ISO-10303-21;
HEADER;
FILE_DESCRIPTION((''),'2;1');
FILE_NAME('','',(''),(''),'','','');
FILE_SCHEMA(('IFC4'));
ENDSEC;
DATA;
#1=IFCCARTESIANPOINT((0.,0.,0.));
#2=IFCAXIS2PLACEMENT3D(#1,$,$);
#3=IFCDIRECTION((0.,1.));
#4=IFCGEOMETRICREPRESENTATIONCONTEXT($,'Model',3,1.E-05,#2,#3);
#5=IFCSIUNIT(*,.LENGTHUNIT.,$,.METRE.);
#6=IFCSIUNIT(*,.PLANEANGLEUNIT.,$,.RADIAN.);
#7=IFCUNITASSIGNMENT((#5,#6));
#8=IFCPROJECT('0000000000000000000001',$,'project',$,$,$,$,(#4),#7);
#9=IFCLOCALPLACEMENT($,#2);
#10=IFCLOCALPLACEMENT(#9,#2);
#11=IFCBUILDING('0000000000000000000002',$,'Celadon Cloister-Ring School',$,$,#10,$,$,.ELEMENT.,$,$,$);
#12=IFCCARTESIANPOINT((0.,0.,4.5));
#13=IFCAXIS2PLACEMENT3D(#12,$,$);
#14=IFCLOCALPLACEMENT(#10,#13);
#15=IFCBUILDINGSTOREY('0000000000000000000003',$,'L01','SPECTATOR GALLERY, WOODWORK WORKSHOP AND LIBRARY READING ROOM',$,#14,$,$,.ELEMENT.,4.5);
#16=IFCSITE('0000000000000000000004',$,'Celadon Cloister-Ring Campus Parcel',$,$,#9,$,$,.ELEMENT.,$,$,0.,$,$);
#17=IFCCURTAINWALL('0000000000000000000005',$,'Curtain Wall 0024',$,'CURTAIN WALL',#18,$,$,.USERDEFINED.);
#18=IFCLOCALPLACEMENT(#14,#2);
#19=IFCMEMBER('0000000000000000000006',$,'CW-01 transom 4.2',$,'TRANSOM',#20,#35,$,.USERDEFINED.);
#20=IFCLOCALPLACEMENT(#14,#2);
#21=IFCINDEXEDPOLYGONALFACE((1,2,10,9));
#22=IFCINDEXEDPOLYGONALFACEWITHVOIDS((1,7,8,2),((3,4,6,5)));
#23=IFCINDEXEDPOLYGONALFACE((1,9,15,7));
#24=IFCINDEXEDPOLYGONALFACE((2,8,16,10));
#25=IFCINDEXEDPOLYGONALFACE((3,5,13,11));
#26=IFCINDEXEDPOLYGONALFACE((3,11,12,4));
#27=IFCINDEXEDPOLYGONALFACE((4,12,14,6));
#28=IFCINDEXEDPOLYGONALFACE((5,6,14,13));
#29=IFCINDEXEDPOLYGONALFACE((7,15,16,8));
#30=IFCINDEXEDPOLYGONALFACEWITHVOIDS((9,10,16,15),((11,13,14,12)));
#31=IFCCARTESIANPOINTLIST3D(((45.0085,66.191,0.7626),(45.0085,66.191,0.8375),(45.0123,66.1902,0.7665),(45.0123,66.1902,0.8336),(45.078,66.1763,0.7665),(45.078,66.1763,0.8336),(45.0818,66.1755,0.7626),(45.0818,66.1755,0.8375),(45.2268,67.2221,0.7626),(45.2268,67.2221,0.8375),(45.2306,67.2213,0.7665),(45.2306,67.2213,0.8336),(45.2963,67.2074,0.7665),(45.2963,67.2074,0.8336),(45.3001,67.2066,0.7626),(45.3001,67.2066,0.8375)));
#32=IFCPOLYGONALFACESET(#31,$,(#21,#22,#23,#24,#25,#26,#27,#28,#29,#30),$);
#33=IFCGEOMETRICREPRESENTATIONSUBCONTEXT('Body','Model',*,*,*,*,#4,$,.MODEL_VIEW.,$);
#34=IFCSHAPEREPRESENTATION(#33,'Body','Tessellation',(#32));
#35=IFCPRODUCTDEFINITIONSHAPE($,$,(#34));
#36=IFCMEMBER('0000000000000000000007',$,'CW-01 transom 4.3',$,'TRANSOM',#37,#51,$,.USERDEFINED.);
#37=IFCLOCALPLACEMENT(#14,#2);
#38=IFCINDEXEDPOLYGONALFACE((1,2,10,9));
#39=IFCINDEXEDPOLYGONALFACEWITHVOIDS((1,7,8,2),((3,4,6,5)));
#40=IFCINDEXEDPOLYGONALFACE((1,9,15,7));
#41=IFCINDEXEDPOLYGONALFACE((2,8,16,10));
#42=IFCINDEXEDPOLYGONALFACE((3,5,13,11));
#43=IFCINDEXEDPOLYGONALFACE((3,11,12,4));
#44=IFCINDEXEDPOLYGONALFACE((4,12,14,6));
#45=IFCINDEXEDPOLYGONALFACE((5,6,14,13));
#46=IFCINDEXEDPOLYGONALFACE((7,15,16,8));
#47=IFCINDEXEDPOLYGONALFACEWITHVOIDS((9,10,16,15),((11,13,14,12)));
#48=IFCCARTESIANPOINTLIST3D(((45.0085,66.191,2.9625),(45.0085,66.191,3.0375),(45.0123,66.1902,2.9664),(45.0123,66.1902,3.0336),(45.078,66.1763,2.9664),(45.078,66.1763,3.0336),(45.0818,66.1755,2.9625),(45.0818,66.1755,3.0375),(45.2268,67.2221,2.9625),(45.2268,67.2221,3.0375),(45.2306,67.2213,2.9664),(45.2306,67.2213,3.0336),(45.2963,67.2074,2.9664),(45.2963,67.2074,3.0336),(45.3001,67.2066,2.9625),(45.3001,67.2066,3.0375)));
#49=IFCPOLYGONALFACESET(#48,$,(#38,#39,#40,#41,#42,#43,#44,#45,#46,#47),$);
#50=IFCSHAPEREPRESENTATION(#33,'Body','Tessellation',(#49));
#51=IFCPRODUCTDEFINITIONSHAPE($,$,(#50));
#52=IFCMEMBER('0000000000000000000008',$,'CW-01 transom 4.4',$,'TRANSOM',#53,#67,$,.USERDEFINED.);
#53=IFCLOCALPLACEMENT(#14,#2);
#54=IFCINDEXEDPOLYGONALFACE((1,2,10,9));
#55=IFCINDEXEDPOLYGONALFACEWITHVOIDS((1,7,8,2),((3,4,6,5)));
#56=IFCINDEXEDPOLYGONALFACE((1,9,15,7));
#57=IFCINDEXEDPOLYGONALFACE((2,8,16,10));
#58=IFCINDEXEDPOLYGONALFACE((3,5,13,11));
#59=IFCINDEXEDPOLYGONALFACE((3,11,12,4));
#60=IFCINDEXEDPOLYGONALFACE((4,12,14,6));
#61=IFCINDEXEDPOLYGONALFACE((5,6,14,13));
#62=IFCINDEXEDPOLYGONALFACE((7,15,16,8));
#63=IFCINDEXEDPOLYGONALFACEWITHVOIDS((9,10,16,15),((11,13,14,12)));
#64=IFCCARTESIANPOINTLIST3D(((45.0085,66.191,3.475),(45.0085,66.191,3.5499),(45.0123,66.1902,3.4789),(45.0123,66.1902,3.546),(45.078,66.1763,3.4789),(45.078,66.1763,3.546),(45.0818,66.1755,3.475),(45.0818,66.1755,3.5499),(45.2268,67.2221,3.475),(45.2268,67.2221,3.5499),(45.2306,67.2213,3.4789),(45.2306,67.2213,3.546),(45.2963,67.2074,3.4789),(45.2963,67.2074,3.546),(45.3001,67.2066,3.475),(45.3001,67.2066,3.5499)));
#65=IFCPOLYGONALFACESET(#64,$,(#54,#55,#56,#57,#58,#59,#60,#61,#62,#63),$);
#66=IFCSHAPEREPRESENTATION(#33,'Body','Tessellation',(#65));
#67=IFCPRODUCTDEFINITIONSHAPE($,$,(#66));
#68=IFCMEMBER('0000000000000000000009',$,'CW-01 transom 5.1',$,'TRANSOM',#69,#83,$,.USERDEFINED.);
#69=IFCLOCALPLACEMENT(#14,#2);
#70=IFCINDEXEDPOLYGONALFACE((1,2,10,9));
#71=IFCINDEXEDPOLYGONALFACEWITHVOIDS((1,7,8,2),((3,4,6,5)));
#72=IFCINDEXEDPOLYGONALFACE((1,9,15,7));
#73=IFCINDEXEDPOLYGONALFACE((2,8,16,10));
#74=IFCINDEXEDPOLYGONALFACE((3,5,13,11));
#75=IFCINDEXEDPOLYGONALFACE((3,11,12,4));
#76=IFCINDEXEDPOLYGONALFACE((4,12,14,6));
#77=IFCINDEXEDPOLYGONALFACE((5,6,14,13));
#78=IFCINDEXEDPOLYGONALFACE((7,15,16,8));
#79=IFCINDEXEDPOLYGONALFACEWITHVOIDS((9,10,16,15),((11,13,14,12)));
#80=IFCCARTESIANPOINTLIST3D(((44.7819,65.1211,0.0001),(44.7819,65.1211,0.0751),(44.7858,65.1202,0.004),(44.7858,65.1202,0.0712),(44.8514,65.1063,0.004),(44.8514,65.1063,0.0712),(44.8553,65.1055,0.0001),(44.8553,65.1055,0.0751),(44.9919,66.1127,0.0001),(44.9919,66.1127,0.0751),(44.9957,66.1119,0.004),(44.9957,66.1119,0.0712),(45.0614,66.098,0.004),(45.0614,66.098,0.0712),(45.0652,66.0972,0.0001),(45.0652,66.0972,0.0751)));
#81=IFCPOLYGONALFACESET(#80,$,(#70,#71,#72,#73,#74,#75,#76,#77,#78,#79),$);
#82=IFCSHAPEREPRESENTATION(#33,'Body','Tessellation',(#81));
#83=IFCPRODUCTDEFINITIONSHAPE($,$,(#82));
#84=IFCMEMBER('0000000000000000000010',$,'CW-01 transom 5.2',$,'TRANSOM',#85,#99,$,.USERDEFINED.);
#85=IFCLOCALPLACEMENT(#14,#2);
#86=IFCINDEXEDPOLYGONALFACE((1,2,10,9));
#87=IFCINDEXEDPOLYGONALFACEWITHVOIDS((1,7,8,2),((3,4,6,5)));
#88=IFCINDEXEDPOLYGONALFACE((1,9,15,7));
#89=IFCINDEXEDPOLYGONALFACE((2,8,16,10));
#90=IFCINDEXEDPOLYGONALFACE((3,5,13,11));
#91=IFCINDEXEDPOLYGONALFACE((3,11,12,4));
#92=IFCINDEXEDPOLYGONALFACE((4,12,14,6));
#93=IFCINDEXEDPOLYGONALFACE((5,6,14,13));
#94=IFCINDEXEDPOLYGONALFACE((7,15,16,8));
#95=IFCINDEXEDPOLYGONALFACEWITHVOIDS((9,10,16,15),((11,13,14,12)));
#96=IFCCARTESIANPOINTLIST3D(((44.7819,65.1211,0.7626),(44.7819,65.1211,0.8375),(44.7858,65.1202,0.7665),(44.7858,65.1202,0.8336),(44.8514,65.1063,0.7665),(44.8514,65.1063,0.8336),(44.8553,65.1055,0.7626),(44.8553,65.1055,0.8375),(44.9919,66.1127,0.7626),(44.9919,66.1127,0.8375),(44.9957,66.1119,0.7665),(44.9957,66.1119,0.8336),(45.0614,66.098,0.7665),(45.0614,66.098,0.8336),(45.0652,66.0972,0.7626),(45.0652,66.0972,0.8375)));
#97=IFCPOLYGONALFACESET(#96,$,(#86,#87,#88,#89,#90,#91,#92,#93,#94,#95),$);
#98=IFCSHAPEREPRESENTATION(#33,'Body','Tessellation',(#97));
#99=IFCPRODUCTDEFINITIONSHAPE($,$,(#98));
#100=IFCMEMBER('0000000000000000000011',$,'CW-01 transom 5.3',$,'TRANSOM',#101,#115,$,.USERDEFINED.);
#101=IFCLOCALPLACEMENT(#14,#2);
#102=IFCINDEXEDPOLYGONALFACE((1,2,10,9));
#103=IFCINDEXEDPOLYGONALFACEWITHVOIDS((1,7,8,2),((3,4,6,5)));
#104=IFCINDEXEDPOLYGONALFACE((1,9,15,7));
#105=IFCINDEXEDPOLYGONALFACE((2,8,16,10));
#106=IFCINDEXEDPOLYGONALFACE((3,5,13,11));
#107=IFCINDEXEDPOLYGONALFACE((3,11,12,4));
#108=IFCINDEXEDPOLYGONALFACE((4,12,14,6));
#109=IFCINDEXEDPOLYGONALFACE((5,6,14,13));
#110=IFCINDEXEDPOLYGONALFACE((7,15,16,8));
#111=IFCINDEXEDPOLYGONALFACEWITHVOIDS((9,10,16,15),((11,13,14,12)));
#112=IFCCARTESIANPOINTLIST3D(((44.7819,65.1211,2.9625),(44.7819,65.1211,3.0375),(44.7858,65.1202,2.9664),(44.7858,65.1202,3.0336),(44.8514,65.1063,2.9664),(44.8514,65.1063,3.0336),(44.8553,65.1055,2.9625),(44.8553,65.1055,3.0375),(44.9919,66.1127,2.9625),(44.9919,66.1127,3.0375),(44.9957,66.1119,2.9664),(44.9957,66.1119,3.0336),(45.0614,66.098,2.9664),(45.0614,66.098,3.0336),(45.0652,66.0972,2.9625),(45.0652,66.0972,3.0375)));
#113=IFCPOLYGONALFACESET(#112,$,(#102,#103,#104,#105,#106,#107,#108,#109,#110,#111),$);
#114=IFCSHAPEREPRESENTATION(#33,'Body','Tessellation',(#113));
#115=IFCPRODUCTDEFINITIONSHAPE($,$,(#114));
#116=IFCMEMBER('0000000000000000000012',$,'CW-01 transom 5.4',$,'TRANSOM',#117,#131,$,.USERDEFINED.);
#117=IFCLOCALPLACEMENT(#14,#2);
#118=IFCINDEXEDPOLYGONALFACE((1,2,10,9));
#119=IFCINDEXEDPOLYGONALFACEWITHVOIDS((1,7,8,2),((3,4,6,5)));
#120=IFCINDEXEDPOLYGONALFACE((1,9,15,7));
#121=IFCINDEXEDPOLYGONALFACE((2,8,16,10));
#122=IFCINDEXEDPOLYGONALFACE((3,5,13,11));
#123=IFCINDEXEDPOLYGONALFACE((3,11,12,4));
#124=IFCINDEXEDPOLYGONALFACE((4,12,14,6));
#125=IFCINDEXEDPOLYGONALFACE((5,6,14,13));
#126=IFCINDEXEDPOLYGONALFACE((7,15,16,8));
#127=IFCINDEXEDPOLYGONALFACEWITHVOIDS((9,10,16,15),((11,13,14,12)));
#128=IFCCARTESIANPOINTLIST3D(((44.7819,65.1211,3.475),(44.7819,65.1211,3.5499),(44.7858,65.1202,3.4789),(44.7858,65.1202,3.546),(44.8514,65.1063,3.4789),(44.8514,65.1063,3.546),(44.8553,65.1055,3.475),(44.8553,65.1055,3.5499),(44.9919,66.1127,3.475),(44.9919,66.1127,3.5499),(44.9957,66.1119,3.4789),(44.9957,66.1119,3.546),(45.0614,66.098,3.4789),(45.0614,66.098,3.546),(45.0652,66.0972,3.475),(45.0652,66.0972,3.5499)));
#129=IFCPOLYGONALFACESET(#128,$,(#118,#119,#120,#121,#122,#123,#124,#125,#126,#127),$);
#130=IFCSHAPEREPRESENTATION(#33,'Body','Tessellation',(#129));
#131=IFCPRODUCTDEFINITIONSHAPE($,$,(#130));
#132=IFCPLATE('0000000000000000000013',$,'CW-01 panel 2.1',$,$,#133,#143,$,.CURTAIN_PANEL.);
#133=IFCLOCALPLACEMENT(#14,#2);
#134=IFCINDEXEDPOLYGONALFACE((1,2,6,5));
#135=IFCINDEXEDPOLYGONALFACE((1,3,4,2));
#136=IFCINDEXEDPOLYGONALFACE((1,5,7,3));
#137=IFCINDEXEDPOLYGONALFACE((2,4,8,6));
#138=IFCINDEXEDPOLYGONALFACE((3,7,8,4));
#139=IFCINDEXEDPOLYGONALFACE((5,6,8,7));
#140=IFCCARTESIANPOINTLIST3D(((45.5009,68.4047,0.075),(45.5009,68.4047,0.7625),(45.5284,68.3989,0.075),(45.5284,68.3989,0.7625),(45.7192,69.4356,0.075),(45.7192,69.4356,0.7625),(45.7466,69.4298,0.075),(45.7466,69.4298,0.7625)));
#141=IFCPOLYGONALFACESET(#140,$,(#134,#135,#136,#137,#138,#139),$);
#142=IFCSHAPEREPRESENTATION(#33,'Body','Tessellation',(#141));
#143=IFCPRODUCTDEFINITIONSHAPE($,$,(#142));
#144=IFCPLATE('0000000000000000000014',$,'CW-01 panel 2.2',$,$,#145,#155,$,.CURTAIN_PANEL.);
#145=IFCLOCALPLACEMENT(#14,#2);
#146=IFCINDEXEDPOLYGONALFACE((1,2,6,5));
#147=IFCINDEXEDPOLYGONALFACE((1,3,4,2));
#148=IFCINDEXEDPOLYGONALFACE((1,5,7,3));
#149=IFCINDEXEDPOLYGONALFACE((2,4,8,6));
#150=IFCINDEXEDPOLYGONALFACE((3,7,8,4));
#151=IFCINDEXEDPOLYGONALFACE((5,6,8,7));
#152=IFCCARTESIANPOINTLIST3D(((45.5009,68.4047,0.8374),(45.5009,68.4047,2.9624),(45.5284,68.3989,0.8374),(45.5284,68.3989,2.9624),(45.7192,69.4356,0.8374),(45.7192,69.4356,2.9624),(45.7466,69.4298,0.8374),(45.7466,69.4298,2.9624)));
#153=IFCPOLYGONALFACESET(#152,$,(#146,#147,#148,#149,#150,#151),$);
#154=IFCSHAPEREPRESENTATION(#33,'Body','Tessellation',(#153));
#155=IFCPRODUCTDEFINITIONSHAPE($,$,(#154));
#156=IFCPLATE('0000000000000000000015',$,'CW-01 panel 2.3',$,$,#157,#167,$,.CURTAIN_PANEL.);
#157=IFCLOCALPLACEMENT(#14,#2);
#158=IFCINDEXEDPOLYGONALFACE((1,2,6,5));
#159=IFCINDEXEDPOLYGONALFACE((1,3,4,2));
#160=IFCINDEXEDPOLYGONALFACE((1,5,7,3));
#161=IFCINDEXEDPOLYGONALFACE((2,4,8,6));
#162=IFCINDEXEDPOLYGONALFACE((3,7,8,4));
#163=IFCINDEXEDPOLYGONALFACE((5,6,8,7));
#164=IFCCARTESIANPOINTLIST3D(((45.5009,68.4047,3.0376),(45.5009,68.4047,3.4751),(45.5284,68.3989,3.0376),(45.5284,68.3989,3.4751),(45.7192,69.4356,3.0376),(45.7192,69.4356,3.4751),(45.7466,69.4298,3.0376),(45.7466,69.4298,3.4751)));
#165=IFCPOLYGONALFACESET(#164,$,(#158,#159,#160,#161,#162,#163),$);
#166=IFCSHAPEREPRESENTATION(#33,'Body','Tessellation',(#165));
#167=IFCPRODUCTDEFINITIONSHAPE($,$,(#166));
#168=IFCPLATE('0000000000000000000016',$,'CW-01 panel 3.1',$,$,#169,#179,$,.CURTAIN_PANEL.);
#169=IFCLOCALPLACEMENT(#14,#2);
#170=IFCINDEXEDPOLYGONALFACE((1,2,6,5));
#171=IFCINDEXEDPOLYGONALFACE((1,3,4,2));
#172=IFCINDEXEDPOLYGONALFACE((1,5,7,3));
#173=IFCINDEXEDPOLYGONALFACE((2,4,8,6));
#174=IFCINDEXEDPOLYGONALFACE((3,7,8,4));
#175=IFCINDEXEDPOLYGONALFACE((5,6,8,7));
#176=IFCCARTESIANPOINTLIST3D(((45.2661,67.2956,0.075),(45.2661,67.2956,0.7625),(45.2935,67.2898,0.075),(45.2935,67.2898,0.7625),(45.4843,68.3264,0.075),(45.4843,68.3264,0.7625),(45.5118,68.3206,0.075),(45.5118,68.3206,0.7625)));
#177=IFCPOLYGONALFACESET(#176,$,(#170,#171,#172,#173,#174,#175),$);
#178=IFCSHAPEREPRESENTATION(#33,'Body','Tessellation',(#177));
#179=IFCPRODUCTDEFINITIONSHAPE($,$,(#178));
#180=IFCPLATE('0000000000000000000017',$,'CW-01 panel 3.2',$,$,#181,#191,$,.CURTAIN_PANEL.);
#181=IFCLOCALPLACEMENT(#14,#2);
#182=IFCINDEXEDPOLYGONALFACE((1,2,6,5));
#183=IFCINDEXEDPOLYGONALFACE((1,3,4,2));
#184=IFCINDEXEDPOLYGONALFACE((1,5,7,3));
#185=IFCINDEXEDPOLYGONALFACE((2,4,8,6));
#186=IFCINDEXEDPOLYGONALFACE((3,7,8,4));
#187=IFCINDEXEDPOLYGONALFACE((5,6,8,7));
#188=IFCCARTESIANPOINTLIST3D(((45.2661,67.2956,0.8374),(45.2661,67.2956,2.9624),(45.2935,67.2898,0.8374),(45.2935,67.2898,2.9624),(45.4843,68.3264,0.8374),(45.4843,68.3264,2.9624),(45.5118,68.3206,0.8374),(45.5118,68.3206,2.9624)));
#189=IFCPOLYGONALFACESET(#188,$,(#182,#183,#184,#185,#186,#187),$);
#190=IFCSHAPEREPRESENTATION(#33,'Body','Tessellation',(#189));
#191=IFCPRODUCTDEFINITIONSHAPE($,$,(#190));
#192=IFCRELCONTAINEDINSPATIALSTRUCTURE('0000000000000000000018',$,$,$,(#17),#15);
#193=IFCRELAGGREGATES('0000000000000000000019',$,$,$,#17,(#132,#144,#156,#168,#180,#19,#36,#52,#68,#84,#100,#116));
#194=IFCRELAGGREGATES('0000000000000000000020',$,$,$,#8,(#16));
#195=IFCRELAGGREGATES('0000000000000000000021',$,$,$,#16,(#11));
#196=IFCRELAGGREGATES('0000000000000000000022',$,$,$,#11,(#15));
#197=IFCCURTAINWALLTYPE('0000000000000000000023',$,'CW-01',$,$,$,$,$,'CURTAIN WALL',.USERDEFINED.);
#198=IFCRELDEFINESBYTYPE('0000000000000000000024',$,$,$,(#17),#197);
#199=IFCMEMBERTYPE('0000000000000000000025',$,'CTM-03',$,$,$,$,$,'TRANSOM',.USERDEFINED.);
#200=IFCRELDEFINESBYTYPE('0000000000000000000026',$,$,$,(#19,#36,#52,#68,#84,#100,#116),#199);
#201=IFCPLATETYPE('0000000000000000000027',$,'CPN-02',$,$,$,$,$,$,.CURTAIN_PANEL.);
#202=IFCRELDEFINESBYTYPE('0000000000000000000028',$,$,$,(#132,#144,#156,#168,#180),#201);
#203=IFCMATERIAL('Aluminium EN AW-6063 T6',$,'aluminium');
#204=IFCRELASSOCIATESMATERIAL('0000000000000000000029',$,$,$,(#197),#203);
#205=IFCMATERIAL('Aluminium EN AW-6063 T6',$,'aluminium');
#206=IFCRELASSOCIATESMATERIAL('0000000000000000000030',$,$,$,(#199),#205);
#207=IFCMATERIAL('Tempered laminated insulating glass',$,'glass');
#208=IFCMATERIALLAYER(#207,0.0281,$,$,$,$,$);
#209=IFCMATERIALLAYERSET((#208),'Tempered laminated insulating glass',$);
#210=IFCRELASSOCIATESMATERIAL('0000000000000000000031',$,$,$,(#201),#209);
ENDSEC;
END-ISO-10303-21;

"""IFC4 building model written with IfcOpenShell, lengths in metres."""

from ifc_helpers import new_model, si_unit, direction, frame, origin, origin_2d, place, context, subcontext, project, spatial, rectangle, hollow_rectangle, extrude, material, layer, layer_set, material_profile, profile_set, type_object, element, aggregate, save


model = new_model("IFC4")

# Units and contexts
model_context = context("Model", 3, precision=1e-05, world=origin(), true_north=direction((0.0, 1.0)))
body_context = subcontext(model_context, "Body", "Model", "MODEL_VIEW")
ifc_project = project(units=[si_unit("LENGTHUNIT", "METRE"), si_unit("PLANEANGLEUNIT", "RADIAN")], contexts=[model_context])

# Site, building, storey
site_placement = place(None, origin())
site = spatial("IfcSite", under=ifc_project, at=site_placement, Name="Celadon Cloister-Ring Campus Parcel", CompositionType="ELEMENT", RefElevation=0.0)
building_placement = place(site_placement, origin())
building = spatial("IfcBuilding", under=site, at=building_placement, Name="Celadon Cloister-Ring School", CompositionType="ELEMENT")
storey_placement = place(building_placement, frame((0.0, 0.0, 4.5)))
storey = spatial("IfcBuildingStorey", under=building, at=storey_placement, Name="L01", Description="SPECTATOR GALLERY, WOODWORK WORKSHOP AND LIBRARY READING ROOM", CompositionType="ELEMENT", Elevation=4.5)

# Curtain wall, members, plates
ifc_material_1 = material(Name="Aluminium EN AW-6063 T6", Category="aluminium")
curtain_wall_type = type_object("IfcCurtainWallType", Name="CW-01", ElementType="CURTAIN WALL", PredefinedType="USERDEFINED", material=ifc_material_1)
curtain_wall_placement = place(storey_placement, origin())
curtain_wall = element("IfcCurtainWall", 1, at=curtain_wall_placement, inside=storey, type_object=curtain_wall_type, Name="Curtain Wall 0024", ObjectType="CURTAIN WALL", PredefinedType="USERDEFINED")
ifc_material_2 = material(Name="Aluminium EN AW-6063 T6", Category="aluminium")
ifc_material_profile_1 = material_profile(ifc_material_2, hollow_rectangle(XDim=0.075, YDim=0.075, WallThickness=0.0039, at=origin_2d()), Name="RHS75X75X4")
ifc_profile_set_1 = profile_set([ifc_material_profile_1], Name="Aluminium EN AW-6063 T6")
member_type_1 = type_object("IfcMemberType", Name="CTM-03", ElementType="TRANSOM", PredefinedType="USERDEFINED", material=ifc_profile_set_1)
member_1_placement = place(storey_placement, frame((45.2634, 67.2144, 0.8), z_axis=(-0.207108, -0.978318, 0.0), x_axis=(0.978318, -0.207108, 0.0)))
member_1 = element("IfcMember", 2, at=member_1_placement, type_object=member_type_1, Name="CW-01 transom 4.2", ObjectType="TRANSOM", PredefinedType="USERDEFINED", context=body_context, shape_type="SweptSolid", body=[
    extrude(hollow_rectangle(XDim=0.075, YDim=0.075, WallThickness=0.0039, at=origin_2d()), origin(), (0.0, 0.0, 1.0), 1.054),
])
member_2_placement = place(storey_placement, frame((45.2634, 67.2144, 3.0), z_axis=(-0.207108, -0.978318, 0.0), x_axis=(0.978318, -0.207108, 0.0)))
member_2 = element("IfcMember", 3, at=member_2_placement, type_object=member_type_1, Name="CW-01 transom 4.3", ObjectType="TRANSOM", PredefinedType="USERDEFINED", context=body_context, shape_type="SweptSolid", body=[
    extrude(hollow_rectangle(XDim=0.075, YDim=0.075, WallThickness=0.0039, at=origin_2d()), origin(), (0.0, 0.0, 1.0), 1.054),
])
member_3_placement = place(storey_placement, frame((45.2634, 67.2144, 3.5125), z_axis=(-0.207108, -0.978318, 0.0), x_axis=(0.978318, -0.207108, 0.0)))
member_3 = element("IfcMember", 4, at=member_3_placement, type_object=member_type_1, Name="CW-01 transom 4.4", ObjectType="TRANSOM", PredefinedType="USERDEFINED", context=body_context, shape_type="SweptSolid", body=[
    extrude(hollow_rectangle(XDim=0.075, YDim=0.075, WallThickness=0.0039, at=origin_2d()), origin(), (0.0, 0.0, 1.0), 1.054),
])
member_4_placement = place(storey_placement, frame((45.0286, 66.105, 0.0376), z_axis=(-0.207127, -0.978314, 0.0), x_axis=(0.978314, -0.207127, 0.0)))
member_4 = element("IfcMember", 5, at=member_4_placement, type_object=member_type_1, Name="CW-01 transom 5.1", ObjectType="TRANSOM", PredefinedType="USERDEFINED", context=body_context, shape_type="SweptSolid", body=[
    extrude(hollow_rectangle(XDim=0.075, YDim=0.075, WallThickness=0.0039, at=origin_2d()), origin(), (0.0, 0.0, 1.0), 1.0137),
])
member_5_placement = place(storey_placement, frame((45.0286, 66.105, 0.8), z_axis=(-0.207127, -0.978314, 0.0), x_axis=(0.978314, -0.207127, 0.0)))
member_5 = element("IfcMember", 6, at=member_5_placement, type_object=member_type_1, Name="CW-01 transom 5.2", ObjectType="TRANSOM", PredefinedType="USERDEFINED", context=body_context, shape_type="SweptSolid", body=[
    extrude(hollow_rectangle(XDim=0.075, YDim=0.075, WallThickness=0.0039, at=origin_2d()), origin(), (0.0, 0.0, 1.0), 1.0137),
])
member_6_placement = place(storey_placement, frame((45.0286, 66.105, 3.0), z_axis=(-0.207127, -0.978314, 0.0), x_axis=(0.978314, -0.207127, 0.0)))
member_6 = element("IfcMember", 7, at=member_6_placement, type_object=member_type_1, Name="CW-01 transom 5.3", ObjectType="TRANSOM", PredefinedType="USERDEFINED", context=body_context, shape_type="SweptSolid", body=[
    extrude(hollow_rectangle(XDim=0.075, YDim=0.075, WallThickness=0.0039, at=origin_2d()), origin(), (0.0, 0.0, 1.0), 1.0137),
])
member_7_placement = place(storey_placement, frame((45.0286, 66.105, 3.5125), z_axis=(-0.207127, -0.978314, 0.0), x_axis=(0.978314, -0.207127, 0.0)))
member_7 = element("IfcMember", 8, at=member_7_placement, type_object=member_type_1, Name="CW-01 transom 5.4", ObjectType="TRANSOM", PredefinedType="USERDEFINED", context=body_context, shape_type="SweptSolid", body=[
    extrude(hollow_rectangle(XDim=0.075, YDim=0.075, WallThickness=0.0039, at=origin_2d()), origin(), (0.0, 0.0, 1.0), 1.0137),
])
ifc_material_3 = material(Name="Tempered laminated insulating glass", Category="glass")
ifc_layer = layer(ifc_material_3, 0.0281)
ifc_layer_set = layer_set([ifc_layer], Name="Tempered laminated insulating glass")
plate_type = type_object("IfcPlateType", Name="CPN-02", PredefinedType="CURTAIN_PANEL", material=ifc_layer_set)
plate_1_placement = place(storey_placement, frame((45.6238, 68.9172, 0.075), z_axis=(0.0, 0.0, 1.0), x_axis=(-0.207095, -0.978321, 0.0)))
plate_1 = element("IfcPlate", 9, at=plate_1_placement, type_object=plate_type, Name="CW-01 panel 2.1", PredefinedType="CURTAIN_PANEL", context=body_context, shape_type="SweptSolid", body=[
    extrude(rectangle(XDim=1.0537, YDim=0.0281, at=origin_2d()), origin(), (0.0, 0.0, 1.0), 0.6875),
])
plate_2_placement = place(storey_placement, frame((45.6238, 68.9172, 0.8374), z_axis=(0.0, 0.0, 1.0), x_axis=(-0.207095, -0.978321, 0.0)))
plate_2 = element("IfcPlate", 10, at=plate_2_placement, type_object=plate_type, Name="CW-01 panel 2.2", PredefinedType="CURTAIN_PANEL", context=body_context, shape_type="SweptSolid", body=[
    extrude(rectangle(XDim=1.0537, YDim=0.0281, at=origin_2d()), origin(), (0.0, 0.0, 1.0), 2.125),
])
plate_3_placement = place(storey_placement, frame((45.6238, 68.9172, 3.0376), z_axis=(0.0, 0.0, 1.0), x_axis=(-0.207095, -0.978321, 0.0)))
plate_3 = element("IfcPlate", 11, at=plate_3_placement, type_object=plate_type, Name="CW-01 panel 2.3", PredefinedType="CURTAIN_PANEL", context=body_context, shape_type="SweptSolid", body=[
    extrude(rectangle(XDim=1.0537, YDim=0.0281, at=origin_2d()), origin(), (0.0, 0.0, 1.0), 0.4375),
])
plate_4_placement = place(storey_placement, frame((45.3889, 67.8081, 0.075), z_axis=(0.0, 0.0, 1.0), x_axis=(-0.207095, -0.978321, 0.0)))
plate_4 = element("IfcPlate", 12, at=plate_4_placement, type_object=plate_type, Name="CW-01 panel 3.1", PredefinedType="CURTAIN_PANEL", context=body_context, shape_type="SweptSolid", body=[
    extrude(rectangle(XDim=1.0537, YDim=0.0281, at=origin_2d()), origin(), (0.0, 0.0, 1.0), 0.6875),
])
plate_5_placement = place(storey_placement, frame((45.3889, 67.8081, 0.8374), z_axis=(0.0, 0.0, 1.0), x_axis=(-0.207095, -0.978321, 0.0)))
plate_5 = element("IfcPlate", 13, at=plate_5_placement, type_object=plate_type, Name="CW-01 panel 3.2", PredefinedType="CURTAIN_PANEL", context=body_context, shape_type="SweptSolid", body=[
    extrude(rectangle(XDim=1.0537, YDim=0.0281, at=origin_2d()), origin(), (0.0, 0.0, 1.0), 2.125),
])
aggregate(curtain_wall, [plate_1, plate_2, plate_3, plate_4, plate_5, member_1, member_2, member_3, member_4, member_5, member_6, member_7])

save(model, "model.ifc")
